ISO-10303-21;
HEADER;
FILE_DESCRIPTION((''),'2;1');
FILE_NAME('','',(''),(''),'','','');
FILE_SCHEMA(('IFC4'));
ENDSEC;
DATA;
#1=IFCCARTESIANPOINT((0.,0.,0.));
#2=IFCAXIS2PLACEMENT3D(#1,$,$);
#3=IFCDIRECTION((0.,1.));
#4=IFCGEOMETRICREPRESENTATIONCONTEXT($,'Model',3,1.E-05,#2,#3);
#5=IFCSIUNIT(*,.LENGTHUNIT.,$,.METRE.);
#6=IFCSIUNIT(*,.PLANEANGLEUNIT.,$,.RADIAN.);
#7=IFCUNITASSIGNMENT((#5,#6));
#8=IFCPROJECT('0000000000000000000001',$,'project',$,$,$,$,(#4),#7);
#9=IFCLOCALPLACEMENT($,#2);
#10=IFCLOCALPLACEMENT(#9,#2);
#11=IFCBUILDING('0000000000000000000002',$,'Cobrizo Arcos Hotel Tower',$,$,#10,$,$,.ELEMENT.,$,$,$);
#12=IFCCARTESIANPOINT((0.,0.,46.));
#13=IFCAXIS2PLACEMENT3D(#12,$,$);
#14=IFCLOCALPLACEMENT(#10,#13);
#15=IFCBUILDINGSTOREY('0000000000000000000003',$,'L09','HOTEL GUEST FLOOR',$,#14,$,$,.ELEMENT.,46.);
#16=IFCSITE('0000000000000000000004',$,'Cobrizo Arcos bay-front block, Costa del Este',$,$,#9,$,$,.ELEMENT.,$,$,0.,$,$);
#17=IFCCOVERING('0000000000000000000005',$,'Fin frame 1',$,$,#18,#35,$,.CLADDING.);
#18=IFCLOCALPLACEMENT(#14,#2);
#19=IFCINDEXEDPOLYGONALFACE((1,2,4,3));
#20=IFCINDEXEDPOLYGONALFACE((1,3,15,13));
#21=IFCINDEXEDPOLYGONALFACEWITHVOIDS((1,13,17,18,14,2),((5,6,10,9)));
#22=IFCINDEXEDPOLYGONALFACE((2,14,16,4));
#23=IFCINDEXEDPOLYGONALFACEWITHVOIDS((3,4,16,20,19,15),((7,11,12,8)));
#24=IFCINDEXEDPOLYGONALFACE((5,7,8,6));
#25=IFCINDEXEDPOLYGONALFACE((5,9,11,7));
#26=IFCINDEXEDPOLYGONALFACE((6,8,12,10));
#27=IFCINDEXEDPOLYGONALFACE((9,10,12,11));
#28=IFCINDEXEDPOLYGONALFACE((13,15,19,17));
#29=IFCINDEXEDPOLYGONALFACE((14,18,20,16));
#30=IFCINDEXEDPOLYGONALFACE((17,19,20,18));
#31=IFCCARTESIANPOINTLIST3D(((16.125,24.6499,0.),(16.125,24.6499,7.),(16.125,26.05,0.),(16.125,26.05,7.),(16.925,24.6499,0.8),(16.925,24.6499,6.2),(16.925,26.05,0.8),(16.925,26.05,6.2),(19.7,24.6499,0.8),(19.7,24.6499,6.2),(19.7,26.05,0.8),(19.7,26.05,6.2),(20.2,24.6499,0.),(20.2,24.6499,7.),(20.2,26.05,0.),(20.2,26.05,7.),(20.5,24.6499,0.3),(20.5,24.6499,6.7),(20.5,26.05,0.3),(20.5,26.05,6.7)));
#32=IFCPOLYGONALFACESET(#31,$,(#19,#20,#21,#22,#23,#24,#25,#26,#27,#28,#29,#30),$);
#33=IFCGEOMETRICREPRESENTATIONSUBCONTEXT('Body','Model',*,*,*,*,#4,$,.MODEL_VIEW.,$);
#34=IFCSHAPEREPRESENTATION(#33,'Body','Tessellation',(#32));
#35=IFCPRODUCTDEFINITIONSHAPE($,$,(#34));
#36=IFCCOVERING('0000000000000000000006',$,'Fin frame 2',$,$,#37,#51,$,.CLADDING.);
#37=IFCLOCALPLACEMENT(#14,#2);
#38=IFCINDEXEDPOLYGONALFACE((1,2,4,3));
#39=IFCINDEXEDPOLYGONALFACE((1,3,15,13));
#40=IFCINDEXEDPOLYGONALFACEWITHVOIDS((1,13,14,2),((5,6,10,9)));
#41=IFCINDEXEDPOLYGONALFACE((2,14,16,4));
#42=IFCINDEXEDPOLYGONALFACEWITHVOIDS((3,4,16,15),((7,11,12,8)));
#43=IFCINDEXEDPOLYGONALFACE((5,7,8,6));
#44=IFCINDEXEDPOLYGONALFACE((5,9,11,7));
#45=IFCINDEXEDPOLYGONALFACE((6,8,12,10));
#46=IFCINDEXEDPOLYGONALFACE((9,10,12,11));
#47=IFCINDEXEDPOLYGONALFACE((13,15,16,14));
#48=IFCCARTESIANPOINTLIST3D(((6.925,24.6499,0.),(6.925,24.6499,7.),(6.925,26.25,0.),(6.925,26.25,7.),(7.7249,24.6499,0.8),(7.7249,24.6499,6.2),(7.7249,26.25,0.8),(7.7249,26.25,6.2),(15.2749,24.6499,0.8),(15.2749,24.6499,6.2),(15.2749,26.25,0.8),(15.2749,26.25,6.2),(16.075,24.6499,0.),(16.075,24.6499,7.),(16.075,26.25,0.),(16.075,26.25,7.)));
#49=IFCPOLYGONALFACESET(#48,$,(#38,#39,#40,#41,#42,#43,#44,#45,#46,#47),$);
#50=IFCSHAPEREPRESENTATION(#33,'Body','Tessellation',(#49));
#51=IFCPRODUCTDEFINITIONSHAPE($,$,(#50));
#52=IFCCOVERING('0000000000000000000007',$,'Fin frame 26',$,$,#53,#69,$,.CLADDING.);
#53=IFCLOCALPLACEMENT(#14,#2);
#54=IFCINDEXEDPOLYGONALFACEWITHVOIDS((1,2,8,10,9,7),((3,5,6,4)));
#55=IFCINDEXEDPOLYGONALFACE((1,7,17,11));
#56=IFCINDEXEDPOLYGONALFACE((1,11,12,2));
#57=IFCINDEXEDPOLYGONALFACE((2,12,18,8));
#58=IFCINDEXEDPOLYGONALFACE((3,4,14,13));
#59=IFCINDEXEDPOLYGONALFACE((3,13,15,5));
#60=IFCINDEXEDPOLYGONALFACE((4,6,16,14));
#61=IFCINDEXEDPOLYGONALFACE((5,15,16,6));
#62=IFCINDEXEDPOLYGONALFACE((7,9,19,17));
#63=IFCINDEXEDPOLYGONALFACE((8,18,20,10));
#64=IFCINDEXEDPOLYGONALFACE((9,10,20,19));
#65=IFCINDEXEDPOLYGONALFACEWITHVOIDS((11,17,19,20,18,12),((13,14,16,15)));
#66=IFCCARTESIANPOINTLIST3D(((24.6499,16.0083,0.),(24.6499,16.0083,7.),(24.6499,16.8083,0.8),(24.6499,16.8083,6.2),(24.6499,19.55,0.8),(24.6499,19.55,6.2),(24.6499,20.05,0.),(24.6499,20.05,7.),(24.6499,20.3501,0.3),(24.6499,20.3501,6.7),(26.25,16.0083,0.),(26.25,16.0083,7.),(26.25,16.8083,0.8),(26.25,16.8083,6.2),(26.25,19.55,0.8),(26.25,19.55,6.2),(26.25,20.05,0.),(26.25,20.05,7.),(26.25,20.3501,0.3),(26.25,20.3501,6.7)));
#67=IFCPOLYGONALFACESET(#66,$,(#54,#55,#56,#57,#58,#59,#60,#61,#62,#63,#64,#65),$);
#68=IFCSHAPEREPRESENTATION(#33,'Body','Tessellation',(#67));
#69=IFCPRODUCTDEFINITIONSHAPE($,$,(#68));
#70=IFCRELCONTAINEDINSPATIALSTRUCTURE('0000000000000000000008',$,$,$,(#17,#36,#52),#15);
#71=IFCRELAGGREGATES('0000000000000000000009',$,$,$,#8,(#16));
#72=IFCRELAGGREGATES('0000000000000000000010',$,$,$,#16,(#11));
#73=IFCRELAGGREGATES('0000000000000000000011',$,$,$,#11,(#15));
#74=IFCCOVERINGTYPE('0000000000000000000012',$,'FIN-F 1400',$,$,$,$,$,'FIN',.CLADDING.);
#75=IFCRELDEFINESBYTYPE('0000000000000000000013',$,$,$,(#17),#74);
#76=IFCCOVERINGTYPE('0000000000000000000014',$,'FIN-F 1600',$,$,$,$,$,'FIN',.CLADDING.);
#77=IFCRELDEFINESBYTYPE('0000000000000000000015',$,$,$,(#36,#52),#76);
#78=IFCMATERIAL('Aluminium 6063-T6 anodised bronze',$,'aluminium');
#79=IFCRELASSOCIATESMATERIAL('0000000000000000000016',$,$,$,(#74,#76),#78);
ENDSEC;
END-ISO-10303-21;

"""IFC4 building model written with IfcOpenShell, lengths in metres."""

from ifc_helpers import new_model, si_unit, direction, frame, origin, place, context, subcontext, project, spatial, polyline, outline, extrude, material, type_object, element, save


model = new_model("IFC4")

# Units and contexts
model_context = context("Model", 3, precision=1e-05, world=origin(), true_north=direction((0.0, 1.0)))
body_context = subcontext(model_context, "Body", "Model", "MODEL_VIEW")
ifc_project = project(units=[si_unit("LENGTHUNIT", "METRE"), si_unit("PLANEANGLEUNIT", "RADIAN")], contexts=[model_context])

# Site, building, storey
site_placement = place(None, origin())
site = spatial("IfcSite", under=ifc_project, at=site_placement, Name="Cobrizo Arcos bay-front block, Costa del Este", CompositionType="ELEMENT", RefElevation=0.0)
building_placement = place(site_placement, origin())
building = spatial("IfcBuilding", under=site, at=building_placement, Name="Cobrizo Arcos Hotel Tower", CompositionType="ELEMENT")
storey_placement = place(building_placement, frame((0.0, 0.0, 46.0)))
storey = spatial("IfcBuildingStorey", under=building, at=storey_placement, Name="L09", Description="HOTEL GUEST FLOOR", CompositionType="ELEMENT", Elevation=46.0)

# Shared definitions
ifc_material_1 = material(Name="Aluminium 6063-T6 anodised bronze", Category="aluminium")

# Coverings
covering_type_1 = type_object("IfcCoveringType", Name="FIN-F 1400", ElementType="FIN", PredefinedType="CLADDING", material=ifc_material_1)
covering_1_placement = place(storey_placement, frame((20.5, 24.6499, 0.0), z_axis=(0.0, 1.0, 0.0), x_axis=(-1.0, 0.0, 0.0)))
element("IfcCovering", 1, at=covering_1_placement, inside=storey, type_object=covering_type_1, Name="Fin frame 1", PredefinedType="CLADDING", context=body_context, shape_type="SweptSolid", body=[
    extrude(outline(polyline([(0.0, 0.3), (0.3, 0.0), (4.375, 0.0), (4.375, 7.0), (0.3, 7.0), (0.0, 6.7), (0.0, 0.3)]), holes=[polyline([(3.575, 0.8), (0.8, 0.8), (0.8, 6.2), (3.575, 6.2), (3.575, 0.8)])]), origin(), (0.0, 0.0, 1.0), 1.4001),
])
covering_type_2 = type_object("IfcCoveringType", Name="FIN-F 1600", ElementType="FIN", PredefinedType="CLADDING", material=ifc_material_1)
covering_2_placement = place(storey_placement, frame((16.075, 24.6499, 0.0), z_axis=(0.0, 1.0, 0.0), x_axis=(-1.0, 0.0, 0.0)))
element("IfcCovering", 2, at=covering_2_placement, inside=storey, type_object=covering_type_2, Name="Fin frame 2", PredefinedType="CLADDING", context=body_context, shape_type="SweptSolid", body=[
    extrude(outline(polyline([(0.0, 7.0), (0.0, 0.0), (9.1499, 0.0), (9.1499, 7.0), (0.0, 7.0)]), holes=[polyline([(8.3501, 0.8), (0.8, 0.8), (0.8, 6.2), (8.3501, 6.2), (8.3501, 0.8)])]), origin(), (0.0, 0.0, 1.0), 1.6001),
])
covering_3_placement = place(storey_placement, frame((24.6499, 16.0083, 0.0), z_axis=(1.0, 0.0, 0.0), x_axis=(0.0, 1.0, 0.0)))
element("IfcCovering", 3, at=covering_3_placement, inside=storey, type_object=covering_type_2, Name="Fin frame 26", PredefinedType="CLADDING", context=body_context, shape_type="SweptSolid", body=[
    extrude(outline(polyline([(0.0, 7.0), (0.0, 0.0), (4.0417, 0.0), (4.3418, 0.3), (4.3418, 6.7), (4.0417, 7.0), (0.0, 7.0)]), holes=[polyline([(3.5417, 0.8), (0.8, 0.8), (0.8, 6.2), (3.5417, 6.2), (3.5417, 0.8)])]), origin(), (0.0, 0.0, 1.0), 1.6001),
])

save(model, "model.ifc")
